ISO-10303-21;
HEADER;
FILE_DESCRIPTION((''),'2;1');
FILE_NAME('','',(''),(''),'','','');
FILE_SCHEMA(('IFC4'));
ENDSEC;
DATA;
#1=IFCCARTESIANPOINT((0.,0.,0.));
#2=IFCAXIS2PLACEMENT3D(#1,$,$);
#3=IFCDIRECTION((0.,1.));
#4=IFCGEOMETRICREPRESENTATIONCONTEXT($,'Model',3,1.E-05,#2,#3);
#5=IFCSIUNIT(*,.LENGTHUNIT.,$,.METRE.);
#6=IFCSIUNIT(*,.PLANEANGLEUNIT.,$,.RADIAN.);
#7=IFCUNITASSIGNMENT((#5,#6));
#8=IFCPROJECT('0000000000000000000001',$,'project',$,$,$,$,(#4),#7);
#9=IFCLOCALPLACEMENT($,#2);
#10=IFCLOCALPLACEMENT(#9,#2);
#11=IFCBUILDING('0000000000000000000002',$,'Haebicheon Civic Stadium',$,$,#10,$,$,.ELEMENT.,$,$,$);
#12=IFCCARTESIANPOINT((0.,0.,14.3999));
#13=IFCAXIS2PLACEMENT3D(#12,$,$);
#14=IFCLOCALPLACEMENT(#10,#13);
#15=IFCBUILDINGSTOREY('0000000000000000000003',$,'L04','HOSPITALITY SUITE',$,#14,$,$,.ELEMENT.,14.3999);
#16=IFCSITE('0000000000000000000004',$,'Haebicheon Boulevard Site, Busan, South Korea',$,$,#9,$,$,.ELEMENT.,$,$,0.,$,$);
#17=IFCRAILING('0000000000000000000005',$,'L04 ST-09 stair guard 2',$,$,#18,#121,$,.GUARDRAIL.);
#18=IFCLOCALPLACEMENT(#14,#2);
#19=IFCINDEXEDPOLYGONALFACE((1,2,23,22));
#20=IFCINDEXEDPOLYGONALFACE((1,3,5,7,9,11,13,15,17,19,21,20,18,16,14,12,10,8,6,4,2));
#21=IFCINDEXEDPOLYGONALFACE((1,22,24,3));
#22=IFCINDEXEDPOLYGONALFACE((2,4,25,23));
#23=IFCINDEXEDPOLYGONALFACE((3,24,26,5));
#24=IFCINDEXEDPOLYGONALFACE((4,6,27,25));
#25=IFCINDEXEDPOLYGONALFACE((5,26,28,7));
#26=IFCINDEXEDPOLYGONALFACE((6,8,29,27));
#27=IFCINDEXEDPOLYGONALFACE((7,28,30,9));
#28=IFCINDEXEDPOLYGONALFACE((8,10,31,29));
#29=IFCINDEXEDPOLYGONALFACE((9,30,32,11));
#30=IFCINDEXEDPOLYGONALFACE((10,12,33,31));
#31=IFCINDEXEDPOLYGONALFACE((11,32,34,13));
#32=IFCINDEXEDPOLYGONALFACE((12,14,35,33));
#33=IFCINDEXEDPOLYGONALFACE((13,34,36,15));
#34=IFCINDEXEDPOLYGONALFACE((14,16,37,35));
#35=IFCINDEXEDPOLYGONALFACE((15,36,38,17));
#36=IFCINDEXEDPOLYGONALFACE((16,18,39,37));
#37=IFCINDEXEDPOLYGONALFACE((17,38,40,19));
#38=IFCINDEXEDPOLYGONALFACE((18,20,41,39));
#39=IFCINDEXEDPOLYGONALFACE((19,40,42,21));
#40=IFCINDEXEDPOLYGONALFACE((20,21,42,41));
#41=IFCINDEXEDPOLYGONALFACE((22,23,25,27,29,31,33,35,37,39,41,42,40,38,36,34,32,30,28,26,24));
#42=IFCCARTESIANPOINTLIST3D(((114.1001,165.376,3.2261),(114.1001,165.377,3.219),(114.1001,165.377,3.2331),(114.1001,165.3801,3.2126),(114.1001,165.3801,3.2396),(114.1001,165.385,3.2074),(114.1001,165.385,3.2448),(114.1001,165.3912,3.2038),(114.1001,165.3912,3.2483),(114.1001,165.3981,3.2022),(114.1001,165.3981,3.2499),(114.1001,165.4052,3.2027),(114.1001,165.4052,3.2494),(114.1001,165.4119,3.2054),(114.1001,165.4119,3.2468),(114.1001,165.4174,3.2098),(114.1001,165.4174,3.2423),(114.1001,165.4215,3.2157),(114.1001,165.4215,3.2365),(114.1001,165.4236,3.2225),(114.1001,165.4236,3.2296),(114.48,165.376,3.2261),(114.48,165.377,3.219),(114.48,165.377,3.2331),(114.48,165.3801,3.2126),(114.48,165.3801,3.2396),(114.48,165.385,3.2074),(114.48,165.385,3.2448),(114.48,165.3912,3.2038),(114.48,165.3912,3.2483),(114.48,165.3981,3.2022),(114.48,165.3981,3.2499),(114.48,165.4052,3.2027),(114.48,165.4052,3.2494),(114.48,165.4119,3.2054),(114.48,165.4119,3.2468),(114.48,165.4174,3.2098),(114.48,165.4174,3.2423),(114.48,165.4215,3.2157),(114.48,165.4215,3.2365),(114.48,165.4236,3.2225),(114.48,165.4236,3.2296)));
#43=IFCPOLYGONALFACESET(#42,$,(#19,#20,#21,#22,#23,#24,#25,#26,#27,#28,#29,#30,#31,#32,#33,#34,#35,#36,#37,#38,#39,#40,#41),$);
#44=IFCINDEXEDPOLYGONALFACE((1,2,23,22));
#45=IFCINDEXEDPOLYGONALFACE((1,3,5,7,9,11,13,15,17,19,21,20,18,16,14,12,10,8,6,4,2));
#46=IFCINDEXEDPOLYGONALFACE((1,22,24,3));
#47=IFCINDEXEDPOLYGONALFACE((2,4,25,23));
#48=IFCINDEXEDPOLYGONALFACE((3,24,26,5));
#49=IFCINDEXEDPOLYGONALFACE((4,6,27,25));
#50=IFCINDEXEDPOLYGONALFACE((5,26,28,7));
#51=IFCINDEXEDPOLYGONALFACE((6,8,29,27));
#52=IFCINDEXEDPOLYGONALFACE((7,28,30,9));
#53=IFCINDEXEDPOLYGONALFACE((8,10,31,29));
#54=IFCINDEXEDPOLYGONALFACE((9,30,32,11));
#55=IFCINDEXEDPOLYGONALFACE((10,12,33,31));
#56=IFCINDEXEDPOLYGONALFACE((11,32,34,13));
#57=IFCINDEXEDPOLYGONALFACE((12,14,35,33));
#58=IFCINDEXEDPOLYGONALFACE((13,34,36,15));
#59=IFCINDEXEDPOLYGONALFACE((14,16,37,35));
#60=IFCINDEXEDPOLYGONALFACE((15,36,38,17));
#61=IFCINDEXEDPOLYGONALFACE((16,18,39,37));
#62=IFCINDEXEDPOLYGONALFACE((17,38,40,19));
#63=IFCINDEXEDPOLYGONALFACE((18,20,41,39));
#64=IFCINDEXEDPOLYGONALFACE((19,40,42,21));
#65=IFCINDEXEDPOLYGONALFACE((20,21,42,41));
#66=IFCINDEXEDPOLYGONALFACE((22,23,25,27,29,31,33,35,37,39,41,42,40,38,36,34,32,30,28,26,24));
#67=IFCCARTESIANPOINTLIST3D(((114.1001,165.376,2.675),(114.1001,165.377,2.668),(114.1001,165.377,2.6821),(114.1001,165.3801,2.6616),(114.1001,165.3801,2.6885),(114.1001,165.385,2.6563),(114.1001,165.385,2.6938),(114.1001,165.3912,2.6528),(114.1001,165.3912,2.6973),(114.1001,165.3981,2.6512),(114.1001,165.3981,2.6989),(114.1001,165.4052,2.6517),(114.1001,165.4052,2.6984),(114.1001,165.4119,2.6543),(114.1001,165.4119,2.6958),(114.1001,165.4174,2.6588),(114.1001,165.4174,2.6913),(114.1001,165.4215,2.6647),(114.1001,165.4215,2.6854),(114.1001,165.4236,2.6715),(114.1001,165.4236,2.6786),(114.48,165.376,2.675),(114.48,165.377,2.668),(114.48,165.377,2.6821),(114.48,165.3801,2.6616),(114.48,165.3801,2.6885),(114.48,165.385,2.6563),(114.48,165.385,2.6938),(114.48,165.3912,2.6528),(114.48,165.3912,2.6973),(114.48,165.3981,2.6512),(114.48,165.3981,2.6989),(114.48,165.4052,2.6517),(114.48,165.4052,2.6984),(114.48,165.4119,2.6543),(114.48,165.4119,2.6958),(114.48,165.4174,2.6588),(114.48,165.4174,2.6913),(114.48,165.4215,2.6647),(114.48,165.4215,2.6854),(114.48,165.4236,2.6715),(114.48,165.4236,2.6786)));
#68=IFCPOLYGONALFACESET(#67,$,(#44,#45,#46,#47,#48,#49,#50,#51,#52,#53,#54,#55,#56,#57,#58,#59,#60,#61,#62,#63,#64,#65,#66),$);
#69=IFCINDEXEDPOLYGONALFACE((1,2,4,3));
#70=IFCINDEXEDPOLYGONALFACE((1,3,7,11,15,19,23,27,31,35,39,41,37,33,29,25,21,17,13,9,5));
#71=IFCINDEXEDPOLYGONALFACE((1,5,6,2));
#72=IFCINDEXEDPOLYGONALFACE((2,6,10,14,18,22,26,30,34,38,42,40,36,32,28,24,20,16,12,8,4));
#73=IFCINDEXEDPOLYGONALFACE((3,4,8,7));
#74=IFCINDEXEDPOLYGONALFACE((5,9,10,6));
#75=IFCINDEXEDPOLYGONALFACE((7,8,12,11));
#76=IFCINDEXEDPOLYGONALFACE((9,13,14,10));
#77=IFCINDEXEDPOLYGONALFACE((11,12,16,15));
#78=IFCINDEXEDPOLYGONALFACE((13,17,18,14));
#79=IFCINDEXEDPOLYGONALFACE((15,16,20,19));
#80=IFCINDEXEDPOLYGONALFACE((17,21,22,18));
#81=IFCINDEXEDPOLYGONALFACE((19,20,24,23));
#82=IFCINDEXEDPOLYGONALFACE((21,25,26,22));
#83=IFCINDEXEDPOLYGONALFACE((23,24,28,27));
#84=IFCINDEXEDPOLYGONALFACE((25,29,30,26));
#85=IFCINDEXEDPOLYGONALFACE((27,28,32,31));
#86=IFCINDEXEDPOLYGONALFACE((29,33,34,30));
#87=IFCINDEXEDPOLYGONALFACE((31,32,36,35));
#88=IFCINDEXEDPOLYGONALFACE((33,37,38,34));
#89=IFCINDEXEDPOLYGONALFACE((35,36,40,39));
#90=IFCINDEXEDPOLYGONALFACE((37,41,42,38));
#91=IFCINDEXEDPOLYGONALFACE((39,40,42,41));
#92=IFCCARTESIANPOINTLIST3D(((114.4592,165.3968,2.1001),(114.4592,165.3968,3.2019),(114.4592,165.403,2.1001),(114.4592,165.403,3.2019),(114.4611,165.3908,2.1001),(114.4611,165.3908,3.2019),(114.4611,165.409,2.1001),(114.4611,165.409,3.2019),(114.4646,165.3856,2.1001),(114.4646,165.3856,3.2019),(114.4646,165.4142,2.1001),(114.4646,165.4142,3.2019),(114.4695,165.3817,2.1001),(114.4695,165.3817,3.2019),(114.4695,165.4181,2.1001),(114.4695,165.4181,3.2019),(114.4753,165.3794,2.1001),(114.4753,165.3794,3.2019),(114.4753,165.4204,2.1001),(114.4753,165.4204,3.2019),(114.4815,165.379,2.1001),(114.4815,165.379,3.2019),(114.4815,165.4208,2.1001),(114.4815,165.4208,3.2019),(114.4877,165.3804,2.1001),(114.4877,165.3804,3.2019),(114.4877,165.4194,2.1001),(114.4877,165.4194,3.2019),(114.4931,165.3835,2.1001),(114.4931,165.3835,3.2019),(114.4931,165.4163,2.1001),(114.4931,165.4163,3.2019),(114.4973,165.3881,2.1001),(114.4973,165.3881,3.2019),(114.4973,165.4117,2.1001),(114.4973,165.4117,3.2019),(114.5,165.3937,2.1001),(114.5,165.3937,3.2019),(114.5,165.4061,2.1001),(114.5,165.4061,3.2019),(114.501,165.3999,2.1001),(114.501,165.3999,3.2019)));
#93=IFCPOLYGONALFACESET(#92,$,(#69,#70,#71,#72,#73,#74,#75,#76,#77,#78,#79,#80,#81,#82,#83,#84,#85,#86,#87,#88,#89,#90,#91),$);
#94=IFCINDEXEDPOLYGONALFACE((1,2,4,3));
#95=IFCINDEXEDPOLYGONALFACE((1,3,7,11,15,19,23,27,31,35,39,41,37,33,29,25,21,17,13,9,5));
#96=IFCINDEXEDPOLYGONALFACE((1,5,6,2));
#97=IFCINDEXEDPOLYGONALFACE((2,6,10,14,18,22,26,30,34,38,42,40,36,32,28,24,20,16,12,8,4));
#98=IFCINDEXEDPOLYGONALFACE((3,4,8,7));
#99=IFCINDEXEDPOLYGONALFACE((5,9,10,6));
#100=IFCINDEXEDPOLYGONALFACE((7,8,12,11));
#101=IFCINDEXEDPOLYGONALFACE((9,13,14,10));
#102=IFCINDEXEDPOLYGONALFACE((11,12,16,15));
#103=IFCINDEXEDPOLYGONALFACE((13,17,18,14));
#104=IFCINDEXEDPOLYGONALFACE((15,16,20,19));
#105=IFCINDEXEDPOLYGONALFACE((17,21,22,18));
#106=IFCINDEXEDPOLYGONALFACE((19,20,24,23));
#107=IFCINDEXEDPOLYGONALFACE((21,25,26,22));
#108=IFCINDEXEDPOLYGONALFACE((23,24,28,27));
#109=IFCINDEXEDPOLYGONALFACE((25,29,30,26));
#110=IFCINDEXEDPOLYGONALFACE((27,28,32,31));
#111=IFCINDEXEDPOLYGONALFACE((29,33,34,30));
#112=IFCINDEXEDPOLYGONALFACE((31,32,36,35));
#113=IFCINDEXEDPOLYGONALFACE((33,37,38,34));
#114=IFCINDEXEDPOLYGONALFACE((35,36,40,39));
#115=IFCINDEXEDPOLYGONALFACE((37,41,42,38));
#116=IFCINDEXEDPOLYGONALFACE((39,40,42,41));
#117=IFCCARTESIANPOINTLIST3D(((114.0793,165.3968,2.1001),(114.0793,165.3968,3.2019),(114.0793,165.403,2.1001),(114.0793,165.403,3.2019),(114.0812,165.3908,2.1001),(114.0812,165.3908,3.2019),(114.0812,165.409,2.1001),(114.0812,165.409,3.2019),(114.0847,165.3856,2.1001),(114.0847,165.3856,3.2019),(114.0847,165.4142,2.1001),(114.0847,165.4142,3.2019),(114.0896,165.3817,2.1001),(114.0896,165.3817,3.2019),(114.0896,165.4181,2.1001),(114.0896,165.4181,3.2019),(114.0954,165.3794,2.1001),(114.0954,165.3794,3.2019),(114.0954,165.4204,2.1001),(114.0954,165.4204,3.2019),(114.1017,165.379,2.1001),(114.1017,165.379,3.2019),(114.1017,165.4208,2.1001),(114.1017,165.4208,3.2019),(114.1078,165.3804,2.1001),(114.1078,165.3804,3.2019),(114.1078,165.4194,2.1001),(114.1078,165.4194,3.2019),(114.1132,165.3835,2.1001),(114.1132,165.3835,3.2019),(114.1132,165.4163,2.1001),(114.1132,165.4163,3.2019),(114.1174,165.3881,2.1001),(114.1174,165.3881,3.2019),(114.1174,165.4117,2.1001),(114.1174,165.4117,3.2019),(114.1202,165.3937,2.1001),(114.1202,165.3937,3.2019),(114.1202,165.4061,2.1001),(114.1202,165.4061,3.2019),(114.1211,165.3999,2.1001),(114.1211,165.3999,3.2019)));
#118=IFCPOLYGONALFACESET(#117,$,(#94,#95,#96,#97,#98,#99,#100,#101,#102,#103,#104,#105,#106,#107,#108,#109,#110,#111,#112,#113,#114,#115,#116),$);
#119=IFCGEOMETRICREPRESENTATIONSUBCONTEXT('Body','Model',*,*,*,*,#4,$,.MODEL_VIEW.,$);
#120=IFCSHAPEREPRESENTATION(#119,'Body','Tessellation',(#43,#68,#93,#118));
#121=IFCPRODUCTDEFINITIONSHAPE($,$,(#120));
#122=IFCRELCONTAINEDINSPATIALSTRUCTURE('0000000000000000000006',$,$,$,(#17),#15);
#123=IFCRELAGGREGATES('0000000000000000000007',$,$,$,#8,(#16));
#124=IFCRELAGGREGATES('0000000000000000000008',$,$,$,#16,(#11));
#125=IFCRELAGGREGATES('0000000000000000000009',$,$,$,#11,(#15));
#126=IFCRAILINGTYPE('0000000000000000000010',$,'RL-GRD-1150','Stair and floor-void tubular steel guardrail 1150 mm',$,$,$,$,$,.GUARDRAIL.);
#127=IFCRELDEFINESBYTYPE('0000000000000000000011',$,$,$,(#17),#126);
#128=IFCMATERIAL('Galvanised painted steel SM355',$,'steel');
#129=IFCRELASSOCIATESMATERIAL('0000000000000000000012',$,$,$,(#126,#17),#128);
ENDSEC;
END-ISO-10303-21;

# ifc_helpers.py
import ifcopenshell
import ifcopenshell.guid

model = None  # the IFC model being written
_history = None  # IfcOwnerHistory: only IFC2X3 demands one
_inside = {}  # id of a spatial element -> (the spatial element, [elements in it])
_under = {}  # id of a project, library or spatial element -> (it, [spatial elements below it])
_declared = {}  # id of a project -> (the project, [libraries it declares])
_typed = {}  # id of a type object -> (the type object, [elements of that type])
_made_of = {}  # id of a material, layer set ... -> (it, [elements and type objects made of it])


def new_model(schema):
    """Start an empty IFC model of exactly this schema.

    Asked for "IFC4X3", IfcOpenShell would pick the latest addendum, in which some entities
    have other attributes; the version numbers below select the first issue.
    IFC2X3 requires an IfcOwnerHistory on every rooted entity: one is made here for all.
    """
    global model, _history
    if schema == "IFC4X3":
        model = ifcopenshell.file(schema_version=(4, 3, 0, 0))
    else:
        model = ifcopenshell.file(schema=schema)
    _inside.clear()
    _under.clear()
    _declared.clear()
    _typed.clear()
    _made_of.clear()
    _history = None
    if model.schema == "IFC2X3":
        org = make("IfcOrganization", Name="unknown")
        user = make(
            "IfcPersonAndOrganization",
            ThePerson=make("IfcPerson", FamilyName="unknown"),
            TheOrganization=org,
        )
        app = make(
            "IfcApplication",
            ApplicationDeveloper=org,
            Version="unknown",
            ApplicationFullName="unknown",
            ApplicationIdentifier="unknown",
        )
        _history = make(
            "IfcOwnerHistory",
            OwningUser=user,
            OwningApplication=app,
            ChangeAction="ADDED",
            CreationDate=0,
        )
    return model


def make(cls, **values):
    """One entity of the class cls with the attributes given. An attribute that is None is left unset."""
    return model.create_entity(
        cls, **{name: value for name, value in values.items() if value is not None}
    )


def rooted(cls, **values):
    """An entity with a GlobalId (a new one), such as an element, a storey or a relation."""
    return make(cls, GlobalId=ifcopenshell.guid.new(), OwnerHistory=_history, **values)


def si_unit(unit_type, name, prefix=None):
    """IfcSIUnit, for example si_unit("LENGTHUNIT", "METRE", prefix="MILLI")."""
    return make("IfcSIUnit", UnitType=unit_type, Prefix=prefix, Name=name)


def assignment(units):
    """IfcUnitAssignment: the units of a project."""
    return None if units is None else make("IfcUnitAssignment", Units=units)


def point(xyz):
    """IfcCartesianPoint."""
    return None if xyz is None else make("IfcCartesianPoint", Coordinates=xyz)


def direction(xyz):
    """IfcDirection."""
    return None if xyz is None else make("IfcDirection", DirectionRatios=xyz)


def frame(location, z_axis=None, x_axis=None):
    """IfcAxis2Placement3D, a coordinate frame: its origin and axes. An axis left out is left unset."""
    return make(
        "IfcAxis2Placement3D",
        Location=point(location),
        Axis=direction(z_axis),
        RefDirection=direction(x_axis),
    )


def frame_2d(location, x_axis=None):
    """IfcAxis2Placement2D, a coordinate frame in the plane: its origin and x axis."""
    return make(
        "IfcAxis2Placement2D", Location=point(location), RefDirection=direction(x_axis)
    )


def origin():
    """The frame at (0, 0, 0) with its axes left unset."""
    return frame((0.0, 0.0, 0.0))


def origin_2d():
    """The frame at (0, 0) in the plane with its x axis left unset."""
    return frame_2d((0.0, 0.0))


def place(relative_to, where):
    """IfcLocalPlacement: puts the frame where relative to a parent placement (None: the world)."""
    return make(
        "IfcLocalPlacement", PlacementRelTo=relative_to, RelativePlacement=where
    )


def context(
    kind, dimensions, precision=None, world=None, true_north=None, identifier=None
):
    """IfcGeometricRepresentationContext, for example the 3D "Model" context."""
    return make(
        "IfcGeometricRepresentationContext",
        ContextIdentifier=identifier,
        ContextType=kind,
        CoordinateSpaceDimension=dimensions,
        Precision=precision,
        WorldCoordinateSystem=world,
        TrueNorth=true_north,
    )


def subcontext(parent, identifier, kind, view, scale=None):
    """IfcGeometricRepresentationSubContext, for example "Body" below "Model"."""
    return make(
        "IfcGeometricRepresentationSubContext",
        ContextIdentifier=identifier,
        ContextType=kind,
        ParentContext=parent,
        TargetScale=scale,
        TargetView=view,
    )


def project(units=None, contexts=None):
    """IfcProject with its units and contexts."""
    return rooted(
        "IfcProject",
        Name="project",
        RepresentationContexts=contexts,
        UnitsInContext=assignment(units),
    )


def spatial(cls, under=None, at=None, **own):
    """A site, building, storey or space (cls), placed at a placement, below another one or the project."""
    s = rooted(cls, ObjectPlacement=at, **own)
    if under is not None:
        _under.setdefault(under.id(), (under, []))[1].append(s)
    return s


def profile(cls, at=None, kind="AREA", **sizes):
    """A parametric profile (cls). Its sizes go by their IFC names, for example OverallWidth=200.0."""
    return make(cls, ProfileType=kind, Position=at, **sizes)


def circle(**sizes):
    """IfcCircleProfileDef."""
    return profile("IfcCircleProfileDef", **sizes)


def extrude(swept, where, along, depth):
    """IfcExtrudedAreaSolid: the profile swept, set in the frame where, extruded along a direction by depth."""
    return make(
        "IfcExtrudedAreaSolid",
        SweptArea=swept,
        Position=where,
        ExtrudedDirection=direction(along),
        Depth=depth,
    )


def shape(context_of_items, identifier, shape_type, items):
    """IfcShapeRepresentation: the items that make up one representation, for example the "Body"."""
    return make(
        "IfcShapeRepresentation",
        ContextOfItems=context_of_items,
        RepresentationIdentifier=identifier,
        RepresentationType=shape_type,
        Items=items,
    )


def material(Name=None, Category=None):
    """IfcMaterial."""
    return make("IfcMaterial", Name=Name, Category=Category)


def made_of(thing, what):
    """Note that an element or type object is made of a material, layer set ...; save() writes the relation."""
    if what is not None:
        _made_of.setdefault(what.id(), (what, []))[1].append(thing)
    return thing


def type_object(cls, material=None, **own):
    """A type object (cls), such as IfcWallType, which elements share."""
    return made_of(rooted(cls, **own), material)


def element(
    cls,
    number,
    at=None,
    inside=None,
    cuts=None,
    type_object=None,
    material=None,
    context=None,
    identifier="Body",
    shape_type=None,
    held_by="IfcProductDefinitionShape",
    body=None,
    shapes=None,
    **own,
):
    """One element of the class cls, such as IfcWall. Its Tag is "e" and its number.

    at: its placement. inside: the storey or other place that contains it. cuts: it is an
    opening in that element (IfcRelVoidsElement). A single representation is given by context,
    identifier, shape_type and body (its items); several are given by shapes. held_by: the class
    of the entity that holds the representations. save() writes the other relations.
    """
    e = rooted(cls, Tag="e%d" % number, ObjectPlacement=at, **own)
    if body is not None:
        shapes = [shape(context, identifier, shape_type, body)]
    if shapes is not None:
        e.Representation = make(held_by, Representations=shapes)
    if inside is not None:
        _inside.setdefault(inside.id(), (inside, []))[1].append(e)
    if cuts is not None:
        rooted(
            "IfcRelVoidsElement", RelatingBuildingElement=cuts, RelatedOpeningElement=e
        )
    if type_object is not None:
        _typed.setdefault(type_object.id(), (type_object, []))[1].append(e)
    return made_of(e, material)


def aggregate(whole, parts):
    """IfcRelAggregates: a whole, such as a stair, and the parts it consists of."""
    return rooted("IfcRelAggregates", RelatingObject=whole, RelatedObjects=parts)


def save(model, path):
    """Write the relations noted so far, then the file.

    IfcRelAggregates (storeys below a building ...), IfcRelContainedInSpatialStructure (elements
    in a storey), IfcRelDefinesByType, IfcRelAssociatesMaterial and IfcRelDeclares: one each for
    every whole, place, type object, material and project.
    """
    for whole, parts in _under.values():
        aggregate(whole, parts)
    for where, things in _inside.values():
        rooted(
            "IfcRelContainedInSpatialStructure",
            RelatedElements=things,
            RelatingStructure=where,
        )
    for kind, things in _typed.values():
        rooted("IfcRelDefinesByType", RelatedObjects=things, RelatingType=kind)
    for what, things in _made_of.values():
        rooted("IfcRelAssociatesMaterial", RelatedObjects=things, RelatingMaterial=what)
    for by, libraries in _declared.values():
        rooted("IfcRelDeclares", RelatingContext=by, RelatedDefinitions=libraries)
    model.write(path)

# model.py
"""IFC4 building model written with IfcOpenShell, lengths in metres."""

from ifc_helpers import new_model, si_unit, direction, frame, origin, origin_2d, place, context, subcontext, project, spatial, circle, extrude, material, type_object, element, save


model = new_model("IFC4")

# Units and contexts
model_context = context("Model", 3, precision=1e-05, world=origin(), true_north=direction((0.0, 1.0)))
body_context = subcontext(model_context, "Body", "Model", "MODEL_VIEW")
ifc_project = project(units=[si_unit("LENGTHUNIT", "METRE"), si_unit("PLANEANGLEUNIT", "RADIAN")], contexts=[model_context])

# Site, building, storey
site_placement = place(None, origin())
site = spatial("IfcSite", under=ifc_project, at=site_placement, Name="Haebicheon Boulevard Site, Busan, South Korea", CompositionType="ELEMENT", RefElevation=0.0)
building_placement = place(site_placement, origin())
building = spatial("IfcBuilding", under=site, at=building_placement, Name="Haebicheon Civic Stadium", CompositionType="ELEMENT")
storey_placement = place(building_placement, frame((0.0, 0.0, 14.3999)))
storey = spatial("IfcBuildingStorey", under=building, at=storey_placement, Name="L04", Description="HOSPITALITY SUITE", CompositionType="ELEMENT", Elevation=14.3999)

# Railing
ifc_material_1 = material(Name="Galvanised painted steel SM355", Category="steel")
railing_type_1 = type_object("IfcRailingType", Name="RL-GRD-1150", Description="Stair and floor-void tubular steel guardrail 1150 mm", PredefinedType="GUARDRAIL", material=ifc_material_1)
railing_1_placement = place(storey_placement, frame((114.48, 165.3999, 2.1001)))
element("IfcRailing", 1, at=railing_1_placement, inside=storey, type_object=railing_type_1, material=ifc_material_1, Name="L04 ST-09 stair guard 2", PredefinedType="GUARDRAIL", context=body_context, shape_type="SweptSolid", body=[
    extrude(circle(Radius=0.0239, at=origin_2d()), frame((0.0, 0.0, 1.126), z_axis=(-1.0, 0.0, 0.0), x_axis=(0.0, -1.0, 0.0)), (0.0, 0.0, 1.0), 0.3799),
    extrude(circle(Radius=0.0239, at=origin_2d()), frame((0.0, 0.0, 0.575), z_axis=(-1.0, 0.0, 0.0), x_axis=(0.0, -1.0, 0.0)), (0.0, 0.0, 1.0), 0.3799),
    extrude(circle(Radius=0.021, at=origin_2d()), origin(), (0.0, 0.0, 1.0), 1.1018),
    extrude(circle(Radius=0.021, at=origin_2d()), frame((-0.3799, 0.0, 0.0)), (0.0, 0.0, 1.0), 1.1018),
])

save(model, "model.ifc")
